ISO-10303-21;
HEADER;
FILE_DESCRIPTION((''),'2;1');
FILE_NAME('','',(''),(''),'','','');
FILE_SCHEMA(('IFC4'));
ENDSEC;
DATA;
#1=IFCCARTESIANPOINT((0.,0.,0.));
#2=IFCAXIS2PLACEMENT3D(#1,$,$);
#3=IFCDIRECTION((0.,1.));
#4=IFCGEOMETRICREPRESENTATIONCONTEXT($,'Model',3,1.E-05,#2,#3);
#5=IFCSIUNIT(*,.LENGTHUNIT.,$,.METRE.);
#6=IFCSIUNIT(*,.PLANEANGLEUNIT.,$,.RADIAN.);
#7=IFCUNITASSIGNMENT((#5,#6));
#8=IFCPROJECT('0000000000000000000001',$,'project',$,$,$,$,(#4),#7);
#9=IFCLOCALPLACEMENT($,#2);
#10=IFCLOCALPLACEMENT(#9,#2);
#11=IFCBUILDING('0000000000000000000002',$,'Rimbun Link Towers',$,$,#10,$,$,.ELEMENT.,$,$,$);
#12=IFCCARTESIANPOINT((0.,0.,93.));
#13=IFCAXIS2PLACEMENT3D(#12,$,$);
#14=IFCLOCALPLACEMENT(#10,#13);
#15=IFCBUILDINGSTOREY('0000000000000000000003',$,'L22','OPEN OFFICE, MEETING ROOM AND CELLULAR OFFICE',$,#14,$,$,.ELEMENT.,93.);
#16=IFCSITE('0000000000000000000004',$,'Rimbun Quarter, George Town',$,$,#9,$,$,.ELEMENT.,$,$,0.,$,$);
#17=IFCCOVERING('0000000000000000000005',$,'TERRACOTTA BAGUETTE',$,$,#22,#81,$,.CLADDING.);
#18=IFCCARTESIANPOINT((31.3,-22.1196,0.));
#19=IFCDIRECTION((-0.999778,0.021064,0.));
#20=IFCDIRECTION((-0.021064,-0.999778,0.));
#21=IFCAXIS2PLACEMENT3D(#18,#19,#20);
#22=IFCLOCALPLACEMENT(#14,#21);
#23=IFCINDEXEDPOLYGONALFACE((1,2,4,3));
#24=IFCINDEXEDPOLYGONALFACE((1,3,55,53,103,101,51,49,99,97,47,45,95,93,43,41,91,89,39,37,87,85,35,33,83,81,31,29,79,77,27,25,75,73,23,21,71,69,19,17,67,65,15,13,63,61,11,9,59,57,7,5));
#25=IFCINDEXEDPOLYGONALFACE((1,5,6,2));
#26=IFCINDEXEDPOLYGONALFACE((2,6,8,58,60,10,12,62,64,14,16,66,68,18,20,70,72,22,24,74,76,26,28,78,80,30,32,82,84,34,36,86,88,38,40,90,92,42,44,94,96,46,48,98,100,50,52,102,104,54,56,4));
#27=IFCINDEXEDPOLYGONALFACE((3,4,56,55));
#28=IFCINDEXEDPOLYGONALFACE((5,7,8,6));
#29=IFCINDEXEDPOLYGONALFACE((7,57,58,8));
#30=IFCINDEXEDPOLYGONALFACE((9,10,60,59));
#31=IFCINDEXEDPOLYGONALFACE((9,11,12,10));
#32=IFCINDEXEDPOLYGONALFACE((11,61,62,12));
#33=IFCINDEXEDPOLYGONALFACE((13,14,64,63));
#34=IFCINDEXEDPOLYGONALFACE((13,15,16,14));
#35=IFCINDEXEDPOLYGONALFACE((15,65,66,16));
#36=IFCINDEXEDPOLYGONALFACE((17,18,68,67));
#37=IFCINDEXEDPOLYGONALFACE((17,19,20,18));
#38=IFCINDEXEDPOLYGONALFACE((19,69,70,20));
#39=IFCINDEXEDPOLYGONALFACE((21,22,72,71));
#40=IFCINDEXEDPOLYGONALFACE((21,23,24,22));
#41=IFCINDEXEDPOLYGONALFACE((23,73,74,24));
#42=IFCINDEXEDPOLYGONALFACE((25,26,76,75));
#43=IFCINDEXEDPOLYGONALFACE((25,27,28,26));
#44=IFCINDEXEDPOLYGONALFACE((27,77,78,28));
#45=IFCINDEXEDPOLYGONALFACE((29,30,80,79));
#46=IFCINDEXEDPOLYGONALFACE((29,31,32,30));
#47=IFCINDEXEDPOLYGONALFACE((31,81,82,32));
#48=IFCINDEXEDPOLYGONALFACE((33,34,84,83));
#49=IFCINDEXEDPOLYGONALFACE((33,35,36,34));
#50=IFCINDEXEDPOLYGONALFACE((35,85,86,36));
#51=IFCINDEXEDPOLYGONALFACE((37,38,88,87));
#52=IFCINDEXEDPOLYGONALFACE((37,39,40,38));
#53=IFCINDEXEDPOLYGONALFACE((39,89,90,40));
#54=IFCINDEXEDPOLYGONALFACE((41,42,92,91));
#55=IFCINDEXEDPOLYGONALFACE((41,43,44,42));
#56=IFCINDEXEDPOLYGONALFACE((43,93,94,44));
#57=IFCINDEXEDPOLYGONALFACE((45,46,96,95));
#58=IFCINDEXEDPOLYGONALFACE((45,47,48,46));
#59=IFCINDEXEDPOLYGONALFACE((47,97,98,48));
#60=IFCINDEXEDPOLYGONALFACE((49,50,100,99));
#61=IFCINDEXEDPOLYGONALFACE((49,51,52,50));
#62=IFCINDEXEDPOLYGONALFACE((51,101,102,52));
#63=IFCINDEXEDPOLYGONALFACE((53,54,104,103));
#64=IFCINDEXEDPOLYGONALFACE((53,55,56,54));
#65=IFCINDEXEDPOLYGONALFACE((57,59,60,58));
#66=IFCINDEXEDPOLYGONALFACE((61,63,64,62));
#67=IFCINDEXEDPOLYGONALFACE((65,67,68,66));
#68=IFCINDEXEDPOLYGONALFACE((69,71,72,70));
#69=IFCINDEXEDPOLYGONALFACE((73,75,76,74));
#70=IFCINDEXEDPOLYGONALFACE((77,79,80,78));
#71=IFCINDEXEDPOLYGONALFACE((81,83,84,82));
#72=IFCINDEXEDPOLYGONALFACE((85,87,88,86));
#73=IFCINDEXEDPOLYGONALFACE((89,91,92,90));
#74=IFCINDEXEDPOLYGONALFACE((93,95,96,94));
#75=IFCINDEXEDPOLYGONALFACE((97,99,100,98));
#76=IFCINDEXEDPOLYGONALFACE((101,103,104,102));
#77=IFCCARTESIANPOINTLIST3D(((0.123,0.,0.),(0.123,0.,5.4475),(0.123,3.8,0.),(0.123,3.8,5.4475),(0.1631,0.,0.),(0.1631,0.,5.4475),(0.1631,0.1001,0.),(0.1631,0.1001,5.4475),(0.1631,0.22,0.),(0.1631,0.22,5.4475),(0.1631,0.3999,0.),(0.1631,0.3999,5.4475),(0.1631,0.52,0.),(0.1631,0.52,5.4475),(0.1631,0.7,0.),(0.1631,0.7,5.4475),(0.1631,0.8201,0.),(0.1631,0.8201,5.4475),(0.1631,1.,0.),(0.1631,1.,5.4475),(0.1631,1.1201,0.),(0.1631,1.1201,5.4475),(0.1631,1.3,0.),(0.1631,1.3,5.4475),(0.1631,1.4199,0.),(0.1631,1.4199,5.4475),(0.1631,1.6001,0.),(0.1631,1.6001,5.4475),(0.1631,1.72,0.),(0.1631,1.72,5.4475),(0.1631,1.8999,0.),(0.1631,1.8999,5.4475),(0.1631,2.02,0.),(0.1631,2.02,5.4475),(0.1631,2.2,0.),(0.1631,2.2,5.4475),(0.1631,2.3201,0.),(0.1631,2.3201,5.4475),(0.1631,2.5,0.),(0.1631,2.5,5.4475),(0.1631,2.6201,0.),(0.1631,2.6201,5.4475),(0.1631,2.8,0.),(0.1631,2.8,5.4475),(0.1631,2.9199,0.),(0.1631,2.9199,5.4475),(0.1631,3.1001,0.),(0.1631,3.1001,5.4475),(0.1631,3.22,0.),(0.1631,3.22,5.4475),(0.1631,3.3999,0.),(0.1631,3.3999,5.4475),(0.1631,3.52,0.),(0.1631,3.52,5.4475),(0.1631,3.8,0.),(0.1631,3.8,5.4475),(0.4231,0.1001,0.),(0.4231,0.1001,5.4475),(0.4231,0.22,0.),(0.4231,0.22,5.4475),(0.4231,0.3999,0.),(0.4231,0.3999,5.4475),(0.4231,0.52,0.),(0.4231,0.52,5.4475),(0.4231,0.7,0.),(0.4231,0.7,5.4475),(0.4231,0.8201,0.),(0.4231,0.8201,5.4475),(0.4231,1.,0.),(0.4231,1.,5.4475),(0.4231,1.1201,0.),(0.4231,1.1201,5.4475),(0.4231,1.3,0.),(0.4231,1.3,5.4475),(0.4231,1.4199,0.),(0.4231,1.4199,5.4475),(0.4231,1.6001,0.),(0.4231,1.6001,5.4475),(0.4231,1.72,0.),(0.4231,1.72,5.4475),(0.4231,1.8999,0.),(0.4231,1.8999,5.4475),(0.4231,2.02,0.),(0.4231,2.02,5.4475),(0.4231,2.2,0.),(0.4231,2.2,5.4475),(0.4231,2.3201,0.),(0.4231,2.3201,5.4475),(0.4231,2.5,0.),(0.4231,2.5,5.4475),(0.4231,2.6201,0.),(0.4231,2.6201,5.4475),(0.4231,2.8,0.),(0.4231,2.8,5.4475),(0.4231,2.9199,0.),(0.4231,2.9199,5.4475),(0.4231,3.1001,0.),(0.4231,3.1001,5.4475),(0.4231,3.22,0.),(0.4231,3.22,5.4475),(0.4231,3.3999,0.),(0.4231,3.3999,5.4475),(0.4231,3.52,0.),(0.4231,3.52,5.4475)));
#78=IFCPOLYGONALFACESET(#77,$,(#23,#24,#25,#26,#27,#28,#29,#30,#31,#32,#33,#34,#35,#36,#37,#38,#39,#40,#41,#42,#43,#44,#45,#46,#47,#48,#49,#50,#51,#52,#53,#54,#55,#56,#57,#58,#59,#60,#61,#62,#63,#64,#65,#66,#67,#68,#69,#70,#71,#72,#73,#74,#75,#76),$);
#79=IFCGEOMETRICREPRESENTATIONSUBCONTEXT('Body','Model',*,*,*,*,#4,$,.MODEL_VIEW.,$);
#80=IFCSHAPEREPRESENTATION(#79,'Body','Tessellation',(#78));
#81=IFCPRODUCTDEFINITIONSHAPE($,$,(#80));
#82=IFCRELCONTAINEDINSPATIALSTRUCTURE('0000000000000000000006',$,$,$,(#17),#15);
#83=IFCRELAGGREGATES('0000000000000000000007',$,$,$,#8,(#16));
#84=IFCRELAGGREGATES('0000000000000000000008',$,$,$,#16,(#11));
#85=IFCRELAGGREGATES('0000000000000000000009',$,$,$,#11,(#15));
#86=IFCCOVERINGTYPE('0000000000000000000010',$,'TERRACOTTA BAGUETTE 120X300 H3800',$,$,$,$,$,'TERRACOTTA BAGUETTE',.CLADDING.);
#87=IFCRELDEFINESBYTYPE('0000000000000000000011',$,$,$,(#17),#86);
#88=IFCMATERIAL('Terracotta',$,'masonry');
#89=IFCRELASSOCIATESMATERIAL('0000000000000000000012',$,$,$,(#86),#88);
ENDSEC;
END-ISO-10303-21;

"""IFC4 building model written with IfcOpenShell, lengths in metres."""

from ifc_helpers import new_model, si_unit, direction, frame, origin, place, context, subcontext, project, spatial, polyline, outline, extrude, material, material_profile, profile_set, type_object, element, save


model = new_model("IFC4")

# Units and contexts
model_context = context("Model", 3, precision=1e-05, world=origin(), true_north=direction((0.0, 1.0)))
body_context = subcontext(model_context, "Body", "Model", "MODEL_VIEW")
ifc_project = project(units=[si_unit("LENGTHUNIT", "METRE"), si_unit("PLANEANGLEUNIT", "RADIAN")], contexts=[model_context])

# Site, building, storey
site_placement = place(None, origin())
site = spatial("IfcSite", under=ifc_project, at=site_placement, Name="Rimbun Quarter, George Town", CompositionType="ELEMENT", RefElevation=0.0)
building_placement = place(site_placement, origin())
building = spatial("IfcBuilding", under=site, at=building_placement, Name="Rimbun Link Towers", CompositionType="ELEMENT")
storey_placement = place(building_placement, frame((0.0, 0.0, 93.0)))
storey = spatial("IfcBuildingStorey", under=building, at=storey_placement, Name="L22", Description="OPEN OFFICE, MEETING ROOM AND CELLULAR OFFICE", CompositionType="ELEMENT", Elevation=93.0)

# Covering
ifc_material_1 = material(Name="Terracotta", Category="masonry")
ifc_material_profile_1 = material_profile(ifc_material_1, outline(polyline([(0.123, 0.0), (0.1631, 0.0), (0.1631, 0.1001), (0.4231, 0.1001), (0.4231, 0.22), (0.1631, 0.22), (0.1631, 0.3999), (0.4231, 0.3999), (0.4231, 0.52), (0.1631, 0.52), (0.1631, 0.7), (0.4231, 0.7), (0.4231, 0.8201), (0.1631, 0.8201), (0.1631, 1.0), (0.4231, 1.0), (0.4231, 1.1201), (0.1631, 1.1201), (0.1631, 1.3), (0.4231, 1.3), (0.4231, 1.4199), (0.1631, 1.4199), (0.1631, 1.6001), (0.4231, 1.6001), (0.4231, 1.72), (0.1631, 1.72), (0.1631, 1.8999), (0.4231, 1.8999), (0.4231, 2.02), (0.1631, 2.02), (0.1631, 2.2), (0.4231, 2.2), (0.4231, 2.3201), (0.1631, 2.3201), (0.1631, 2.5), (0.4231, 2.5), (0.4231, 2.6201), (0.1631, 2.6201), (0.1631, 2.8), (0.4231, 2.8), (0.4231, 2.9199), (0.1631, 2.9199), (0.1631, 3.1001), (0.4231, 3.1001), (0.4231, 3.22), (0.1631, 3.22), (0.1631, 3.3999), (0.4231, 3.3999), (0.4231, 3.52), (0.1631, 3.52), (0.1631, 3.8), (0.123, 3.8), (0.123, 0.0)])), Name="BAGUETTE 120X300")
ifc_profile_set_1 = profile_set([ifc_material_profile_1], Name="Terracotta")
covering_type = type_object("IfcCoveringType", Name="TERRACOTTA BAGUETTE 120X300 H3800", ElementType="TERRACOTTA BAGUETTE", PredefinedType="CLADDING", material=ifc_profile_set_1)
covering_1_placement = place(storey_placement, frame((31.3, -22.1196, 0.0), z_axis=(-0.999778, 0.021064, 0.0), x_axis=(-0.021064, -0.999778, 0.0)))
element("IfcCovering", 1, at=covering_1_placement, inside=storey, type_object=covering_type, Name="TERRACOTTA BAGUETTE", PredefinedType="CLADDING", context=body_context, shape_type="SweptSolid", body=[
    extrude(outline(polyline([(0.123, 0.0), (0.1631, 0.0), (0.1631, 0.1001), (0.4231, 0.1001), (0.4231, 0.22), (0.1631, 0.22), (0.1631, 0.3999), (0.4231, 0.3999), (0.4231, 0.52), (0.1631, 0.52), (0.1631, 0.7), (0.4231, 0.7), (0.4231, 0.8201), (0.1631, 0.8201), (0.1631, 1.0), (0.4231, 1.0), (0.4231, 1.1201), (0.1631, 1.1201), (0.1631, 1.3), (0.4231, 1.3), (0.4231, 1.4199), (0.1631, 1.4199), (0.1631, 1.6001), (0.4231, 1.6001), (0.4231, 1.72), (0.1631, 1.72), (0.1631, 1.8999), (0.4231, 1.8999), (0.4231, 2.02), (0.1631, 2.02), (0.1631, 2.2), (0.4231, 2.2), (0.4231, 2.3201), (0.1631, 2.3201), (0.1631, 2.5), (0.4231, 2.5), (0.4231, 2.6201), (0.1631, 2.6201), (0.1631, 2.8), (0.4231, 2.8), (0.4231, 2.9199), (0.1631, 2.9199), (0.1631, 3.1001), (0.4231, 3.1001), (0.4231, 3.22), (0.1631, 3.22), (0.1631, 3.3999), (0.4231, 3.3999), (0.4231, 3.52), (0.1631, 3.52), (0.1631, 3.8), (0.123, 3.8), (0.123, 0.0)])), origin(), (0.0, 0.0, 1.0), 5.4475),
])

save(model, "model.ifc")
